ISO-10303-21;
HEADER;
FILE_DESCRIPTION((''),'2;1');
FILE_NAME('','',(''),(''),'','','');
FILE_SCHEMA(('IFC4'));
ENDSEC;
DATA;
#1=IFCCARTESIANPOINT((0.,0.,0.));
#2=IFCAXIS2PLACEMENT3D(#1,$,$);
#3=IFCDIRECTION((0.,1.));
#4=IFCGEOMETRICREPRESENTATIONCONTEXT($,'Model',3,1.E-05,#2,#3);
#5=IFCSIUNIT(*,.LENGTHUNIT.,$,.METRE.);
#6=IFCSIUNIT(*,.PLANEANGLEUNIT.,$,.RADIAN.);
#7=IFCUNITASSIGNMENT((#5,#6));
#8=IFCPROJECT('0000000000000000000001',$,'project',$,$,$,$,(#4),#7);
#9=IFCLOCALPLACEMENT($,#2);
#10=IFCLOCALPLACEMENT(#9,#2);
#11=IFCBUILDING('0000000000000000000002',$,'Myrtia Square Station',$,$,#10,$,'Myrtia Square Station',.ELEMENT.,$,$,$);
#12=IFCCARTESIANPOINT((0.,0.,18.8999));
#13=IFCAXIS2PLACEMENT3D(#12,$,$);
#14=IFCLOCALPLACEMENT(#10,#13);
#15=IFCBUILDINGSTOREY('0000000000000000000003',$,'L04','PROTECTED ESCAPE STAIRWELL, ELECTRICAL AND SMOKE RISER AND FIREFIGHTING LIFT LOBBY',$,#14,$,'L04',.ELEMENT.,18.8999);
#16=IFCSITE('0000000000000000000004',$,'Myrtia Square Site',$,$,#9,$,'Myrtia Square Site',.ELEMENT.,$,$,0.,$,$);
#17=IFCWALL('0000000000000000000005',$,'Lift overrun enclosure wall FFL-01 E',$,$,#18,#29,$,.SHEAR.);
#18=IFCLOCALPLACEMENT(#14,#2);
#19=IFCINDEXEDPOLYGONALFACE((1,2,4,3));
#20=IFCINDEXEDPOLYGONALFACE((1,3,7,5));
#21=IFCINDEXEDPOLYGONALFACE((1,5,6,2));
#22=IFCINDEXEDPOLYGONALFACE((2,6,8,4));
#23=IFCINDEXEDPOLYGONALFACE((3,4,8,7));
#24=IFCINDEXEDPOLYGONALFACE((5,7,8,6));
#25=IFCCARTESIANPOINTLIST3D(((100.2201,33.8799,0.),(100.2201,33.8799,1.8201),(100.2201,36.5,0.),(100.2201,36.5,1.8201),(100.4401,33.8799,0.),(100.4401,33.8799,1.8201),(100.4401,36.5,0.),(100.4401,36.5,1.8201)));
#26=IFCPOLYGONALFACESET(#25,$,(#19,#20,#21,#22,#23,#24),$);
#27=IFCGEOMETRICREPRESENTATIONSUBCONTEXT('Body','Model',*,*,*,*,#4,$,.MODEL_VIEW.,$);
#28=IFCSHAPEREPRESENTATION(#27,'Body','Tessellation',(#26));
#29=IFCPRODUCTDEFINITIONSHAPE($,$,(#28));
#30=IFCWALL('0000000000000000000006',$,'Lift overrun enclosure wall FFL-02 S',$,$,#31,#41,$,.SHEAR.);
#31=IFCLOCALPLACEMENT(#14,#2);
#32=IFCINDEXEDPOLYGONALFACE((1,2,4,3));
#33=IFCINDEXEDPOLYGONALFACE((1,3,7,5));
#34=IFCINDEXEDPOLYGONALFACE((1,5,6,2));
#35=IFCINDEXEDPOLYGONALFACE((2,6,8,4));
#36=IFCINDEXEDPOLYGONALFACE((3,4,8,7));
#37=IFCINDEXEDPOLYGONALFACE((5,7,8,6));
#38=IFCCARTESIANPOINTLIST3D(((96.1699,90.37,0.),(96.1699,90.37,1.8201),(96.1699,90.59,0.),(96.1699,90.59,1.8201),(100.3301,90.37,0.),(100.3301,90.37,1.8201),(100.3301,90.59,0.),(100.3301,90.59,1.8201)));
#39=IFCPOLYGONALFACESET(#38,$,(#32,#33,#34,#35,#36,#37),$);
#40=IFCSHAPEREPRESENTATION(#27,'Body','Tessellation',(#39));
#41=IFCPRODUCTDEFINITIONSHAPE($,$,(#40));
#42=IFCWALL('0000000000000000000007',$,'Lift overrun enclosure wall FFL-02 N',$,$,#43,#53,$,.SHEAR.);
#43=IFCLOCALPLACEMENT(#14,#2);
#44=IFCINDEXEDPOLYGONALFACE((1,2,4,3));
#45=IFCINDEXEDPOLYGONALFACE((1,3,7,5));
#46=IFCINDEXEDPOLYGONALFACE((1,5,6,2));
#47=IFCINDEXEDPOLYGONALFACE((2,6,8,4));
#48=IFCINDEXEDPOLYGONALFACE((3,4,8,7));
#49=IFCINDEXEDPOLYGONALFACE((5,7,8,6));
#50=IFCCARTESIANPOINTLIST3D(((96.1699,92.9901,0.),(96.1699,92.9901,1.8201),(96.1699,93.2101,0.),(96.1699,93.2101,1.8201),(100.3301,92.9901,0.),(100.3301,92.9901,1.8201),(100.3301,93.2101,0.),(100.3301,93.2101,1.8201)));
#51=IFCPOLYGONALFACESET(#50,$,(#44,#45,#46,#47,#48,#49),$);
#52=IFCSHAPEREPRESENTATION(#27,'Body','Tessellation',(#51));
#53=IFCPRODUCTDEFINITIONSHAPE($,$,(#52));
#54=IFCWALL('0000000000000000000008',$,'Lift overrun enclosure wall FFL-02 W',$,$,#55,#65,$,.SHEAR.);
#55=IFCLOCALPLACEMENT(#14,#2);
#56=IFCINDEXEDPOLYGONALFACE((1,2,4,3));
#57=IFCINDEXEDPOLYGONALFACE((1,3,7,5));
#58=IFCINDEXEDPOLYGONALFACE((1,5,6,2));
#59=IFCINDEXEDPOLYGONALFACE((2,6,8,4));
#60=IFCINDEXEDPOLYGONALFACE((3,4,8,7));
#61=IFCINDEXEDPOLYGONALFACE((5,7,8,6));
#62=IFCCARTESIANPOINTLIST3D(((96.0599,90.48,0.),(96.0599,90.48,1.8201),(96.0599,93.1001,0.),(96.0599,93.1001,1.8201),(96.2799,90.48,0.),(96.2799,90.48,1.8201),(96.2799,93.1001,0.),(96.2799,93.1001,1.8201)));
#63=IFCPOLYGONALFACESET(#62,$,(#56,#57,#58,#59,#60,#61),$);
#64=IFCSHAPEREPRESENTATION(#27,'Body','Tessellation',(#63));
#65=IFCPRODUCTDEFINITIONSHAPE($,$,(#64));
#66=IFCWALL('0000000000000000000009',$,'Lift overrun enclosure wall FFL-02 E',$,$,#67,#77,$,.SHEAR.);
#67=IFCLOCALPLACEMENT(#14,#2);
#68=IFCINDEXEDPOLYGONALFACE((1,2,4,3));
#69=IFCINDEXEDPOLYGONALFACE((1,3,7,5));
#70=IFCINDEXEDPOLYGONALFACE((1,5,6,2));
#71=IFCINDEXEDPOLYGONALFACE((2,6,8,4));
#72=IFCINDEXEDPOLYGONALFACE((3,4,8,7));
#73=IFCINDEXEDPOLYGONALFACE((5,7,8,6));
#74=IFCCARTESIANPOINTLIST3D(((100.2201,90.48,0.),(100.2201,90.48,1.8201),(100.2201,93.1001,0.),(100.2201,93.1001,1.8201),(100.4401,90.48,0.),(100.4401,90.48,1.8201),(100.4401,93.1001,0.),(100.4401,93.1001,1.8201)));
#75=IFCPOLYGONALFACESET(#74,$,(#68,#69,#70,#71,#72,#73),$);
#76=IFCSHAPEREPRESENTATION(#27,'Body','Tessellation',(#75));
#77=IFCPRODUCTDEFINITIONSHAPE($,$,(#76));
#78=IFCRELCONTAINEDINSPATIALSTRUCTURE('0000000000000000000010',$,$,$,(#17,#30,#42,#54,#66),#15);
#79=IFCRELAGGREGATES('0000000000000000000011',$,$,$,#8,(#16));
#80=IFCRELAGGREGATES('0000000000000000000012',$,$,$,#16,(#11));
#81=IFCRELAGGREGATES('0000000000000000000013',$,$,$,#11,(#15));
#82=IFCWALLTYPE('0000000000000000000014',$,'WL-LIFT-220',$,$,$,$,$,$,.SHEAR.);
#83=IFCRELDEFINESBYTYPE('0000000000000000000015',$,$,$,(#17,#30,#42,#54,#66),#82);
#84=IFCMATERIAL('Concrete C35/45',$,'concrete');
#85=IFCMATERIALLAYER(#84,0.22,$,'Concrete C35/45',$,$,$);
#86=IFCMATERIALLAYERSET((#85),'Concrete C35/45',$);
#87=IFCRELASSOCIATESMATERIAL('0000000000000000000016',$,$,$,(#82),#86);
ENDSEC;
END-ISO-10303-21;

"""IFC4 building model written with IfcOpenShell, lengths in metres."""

from ifc_helpers import new_model, si_unit, direction, frame, frame_2d, origin, place, context, subcontext, project, spatial, rectangle, extrude, material, layer, layer_set, type_object, element, save


model = new_model("IFC4")

# Units and contexts
model_context = context("Model", 3, precision=1e-05, world=origin(), true_north=direction((0.0, 1.0)))
body_context = subcontext(model_context, "Body", "Model", "MODEL_VIEW")
ifc_project = project(units=[si_unit("LENGTHUNIT", "METRE"), si_unit("PLANEANGLEUNIT", "RADIAN")], contexts=[model_context])

# Site, building, storey
site_placement = place(None, origin())
site = spatial("IfcSite", under=ifc_project, at=site_placement, Name="Myrtia Square Site", LongName="Myrtia Square Site", CompositionType="ELEMENT", RefElevation=0.0)
building_placement = place(site_placement, origin())
building = spatial("IfcBuilding", under=site, at=building_placement, Name="Myrtia Square Station", LongName="Myrtia Square Station", CompositionType="ELEMENT")
storey_placement = place(building_placement, frame((0.0, 0.0, 18.8999)))
storey = spatial("IfcBuildingStorey", under=building, at=storey_placement, Name="L04", Description="PROTECTED ESCAPE STAIRWELL, ELECTRICAL AND SMOKE RISER AND FIREFIGHTING LIFT LOBBY", LongName="L04", CompositionType="ELEMENT", Elevation=18.8999)

# Walls
ifc_material_1 = material(Name="Concrete C35/45", Category="concrete")
ifc_layer_1 = layer(ifc_material_1, 0.22, Name="Concrete C35/45")
ifc_layer_set_1 = layer_set([ifc_layer_1], Name="Concrete C35/45")
wall_type = type_object("IfcWallType", Name="WL-LIFT-220", PredefinedType="SHEAR", material=ifc_layer_set_1)
for number, where, z_axis, x_axis, name in (
    (1, (100.3301, 33.8799, 0.0), (0.0, 0.0, 1.0), (0.0, 1.0, 0.0), "Lift overrun enclosure wall FFL-01 E"),
):
    element("IfcWall", number, at=place(storey_placement, frame(where, z_axis=z_axis, x_axis=x_axis)), inside=storey, type_object=wall_type, Name=name, PredefinedType="SHEAR", context=body_context, shape_type="SweptSolid", body=[
        extrude(rectangle(XDim=2.6201, YDim=0.22, at=frame_2d((1.3101, 0.0))), origin(), (0.0, 0.0, 1.0), 1.8201),
    ])
for number, where, z_axis, x_axis, name in (
    (2, (96.1699, 90.48, 0.0), (0.0, 0.0, 1.0), (1.0, 0.0, 0.0), "Lift overrun enclosure wall FFL-02 S"),
    (3, (96.1699, 93.1001, 0.0), (0.0, 0.0, 1.0), (1.0, 0.0, 0.0), "Lift overrun enclosure wall FFL-02 N"),
):
    element("IfcWall", number, at=place(storey_placement, frame(where, z_axis=z_axis, x_axis=x_axis)), inside=storey, type_object=wall_type, Name=name, PredefinedType="SHEAR", context=body_context, shape_type="SweptSolid", body=[
        extrude(rectangle(XDim=4.1602, YDim=0.22, at=frame_2d((2.0801, 0.0))), origin(), (0.0, 0.0, 1.0), 1.8201),
    ])
for number, where, z_axis, x_axis, name in (
    (4, (96.1699, 90.48, 0.0), (0.0, 0.0, 1.0), (0.0, 1.0, 0.0), "Lift overrun enclosure wall FFL-02 W"),
    (5, (100.3301, 90.48, 0.0), (0.0, 0.0, 1.0), (0.0, 1.0, 0.0), "Lift overrun enclosure wall FFL-02 E"),
):
    element("IfcWall", number, at=place(storey_placement, frame(where, z_axis=z_axis, x_axis=x_axis)), inside=storey, type_object=wall_type, Name=name, PredefinedType="SHEAR", context=body_context, shape_type="SweptSolid", body=[
        extrude(rectangle(XDim=2.6201, YDim=0.22, at=frame_2d((1.3101, 0.0))), origin(), (0.0, 0.0, 1.0), 1.8201),
    ])

save(model, "model.ifc")
